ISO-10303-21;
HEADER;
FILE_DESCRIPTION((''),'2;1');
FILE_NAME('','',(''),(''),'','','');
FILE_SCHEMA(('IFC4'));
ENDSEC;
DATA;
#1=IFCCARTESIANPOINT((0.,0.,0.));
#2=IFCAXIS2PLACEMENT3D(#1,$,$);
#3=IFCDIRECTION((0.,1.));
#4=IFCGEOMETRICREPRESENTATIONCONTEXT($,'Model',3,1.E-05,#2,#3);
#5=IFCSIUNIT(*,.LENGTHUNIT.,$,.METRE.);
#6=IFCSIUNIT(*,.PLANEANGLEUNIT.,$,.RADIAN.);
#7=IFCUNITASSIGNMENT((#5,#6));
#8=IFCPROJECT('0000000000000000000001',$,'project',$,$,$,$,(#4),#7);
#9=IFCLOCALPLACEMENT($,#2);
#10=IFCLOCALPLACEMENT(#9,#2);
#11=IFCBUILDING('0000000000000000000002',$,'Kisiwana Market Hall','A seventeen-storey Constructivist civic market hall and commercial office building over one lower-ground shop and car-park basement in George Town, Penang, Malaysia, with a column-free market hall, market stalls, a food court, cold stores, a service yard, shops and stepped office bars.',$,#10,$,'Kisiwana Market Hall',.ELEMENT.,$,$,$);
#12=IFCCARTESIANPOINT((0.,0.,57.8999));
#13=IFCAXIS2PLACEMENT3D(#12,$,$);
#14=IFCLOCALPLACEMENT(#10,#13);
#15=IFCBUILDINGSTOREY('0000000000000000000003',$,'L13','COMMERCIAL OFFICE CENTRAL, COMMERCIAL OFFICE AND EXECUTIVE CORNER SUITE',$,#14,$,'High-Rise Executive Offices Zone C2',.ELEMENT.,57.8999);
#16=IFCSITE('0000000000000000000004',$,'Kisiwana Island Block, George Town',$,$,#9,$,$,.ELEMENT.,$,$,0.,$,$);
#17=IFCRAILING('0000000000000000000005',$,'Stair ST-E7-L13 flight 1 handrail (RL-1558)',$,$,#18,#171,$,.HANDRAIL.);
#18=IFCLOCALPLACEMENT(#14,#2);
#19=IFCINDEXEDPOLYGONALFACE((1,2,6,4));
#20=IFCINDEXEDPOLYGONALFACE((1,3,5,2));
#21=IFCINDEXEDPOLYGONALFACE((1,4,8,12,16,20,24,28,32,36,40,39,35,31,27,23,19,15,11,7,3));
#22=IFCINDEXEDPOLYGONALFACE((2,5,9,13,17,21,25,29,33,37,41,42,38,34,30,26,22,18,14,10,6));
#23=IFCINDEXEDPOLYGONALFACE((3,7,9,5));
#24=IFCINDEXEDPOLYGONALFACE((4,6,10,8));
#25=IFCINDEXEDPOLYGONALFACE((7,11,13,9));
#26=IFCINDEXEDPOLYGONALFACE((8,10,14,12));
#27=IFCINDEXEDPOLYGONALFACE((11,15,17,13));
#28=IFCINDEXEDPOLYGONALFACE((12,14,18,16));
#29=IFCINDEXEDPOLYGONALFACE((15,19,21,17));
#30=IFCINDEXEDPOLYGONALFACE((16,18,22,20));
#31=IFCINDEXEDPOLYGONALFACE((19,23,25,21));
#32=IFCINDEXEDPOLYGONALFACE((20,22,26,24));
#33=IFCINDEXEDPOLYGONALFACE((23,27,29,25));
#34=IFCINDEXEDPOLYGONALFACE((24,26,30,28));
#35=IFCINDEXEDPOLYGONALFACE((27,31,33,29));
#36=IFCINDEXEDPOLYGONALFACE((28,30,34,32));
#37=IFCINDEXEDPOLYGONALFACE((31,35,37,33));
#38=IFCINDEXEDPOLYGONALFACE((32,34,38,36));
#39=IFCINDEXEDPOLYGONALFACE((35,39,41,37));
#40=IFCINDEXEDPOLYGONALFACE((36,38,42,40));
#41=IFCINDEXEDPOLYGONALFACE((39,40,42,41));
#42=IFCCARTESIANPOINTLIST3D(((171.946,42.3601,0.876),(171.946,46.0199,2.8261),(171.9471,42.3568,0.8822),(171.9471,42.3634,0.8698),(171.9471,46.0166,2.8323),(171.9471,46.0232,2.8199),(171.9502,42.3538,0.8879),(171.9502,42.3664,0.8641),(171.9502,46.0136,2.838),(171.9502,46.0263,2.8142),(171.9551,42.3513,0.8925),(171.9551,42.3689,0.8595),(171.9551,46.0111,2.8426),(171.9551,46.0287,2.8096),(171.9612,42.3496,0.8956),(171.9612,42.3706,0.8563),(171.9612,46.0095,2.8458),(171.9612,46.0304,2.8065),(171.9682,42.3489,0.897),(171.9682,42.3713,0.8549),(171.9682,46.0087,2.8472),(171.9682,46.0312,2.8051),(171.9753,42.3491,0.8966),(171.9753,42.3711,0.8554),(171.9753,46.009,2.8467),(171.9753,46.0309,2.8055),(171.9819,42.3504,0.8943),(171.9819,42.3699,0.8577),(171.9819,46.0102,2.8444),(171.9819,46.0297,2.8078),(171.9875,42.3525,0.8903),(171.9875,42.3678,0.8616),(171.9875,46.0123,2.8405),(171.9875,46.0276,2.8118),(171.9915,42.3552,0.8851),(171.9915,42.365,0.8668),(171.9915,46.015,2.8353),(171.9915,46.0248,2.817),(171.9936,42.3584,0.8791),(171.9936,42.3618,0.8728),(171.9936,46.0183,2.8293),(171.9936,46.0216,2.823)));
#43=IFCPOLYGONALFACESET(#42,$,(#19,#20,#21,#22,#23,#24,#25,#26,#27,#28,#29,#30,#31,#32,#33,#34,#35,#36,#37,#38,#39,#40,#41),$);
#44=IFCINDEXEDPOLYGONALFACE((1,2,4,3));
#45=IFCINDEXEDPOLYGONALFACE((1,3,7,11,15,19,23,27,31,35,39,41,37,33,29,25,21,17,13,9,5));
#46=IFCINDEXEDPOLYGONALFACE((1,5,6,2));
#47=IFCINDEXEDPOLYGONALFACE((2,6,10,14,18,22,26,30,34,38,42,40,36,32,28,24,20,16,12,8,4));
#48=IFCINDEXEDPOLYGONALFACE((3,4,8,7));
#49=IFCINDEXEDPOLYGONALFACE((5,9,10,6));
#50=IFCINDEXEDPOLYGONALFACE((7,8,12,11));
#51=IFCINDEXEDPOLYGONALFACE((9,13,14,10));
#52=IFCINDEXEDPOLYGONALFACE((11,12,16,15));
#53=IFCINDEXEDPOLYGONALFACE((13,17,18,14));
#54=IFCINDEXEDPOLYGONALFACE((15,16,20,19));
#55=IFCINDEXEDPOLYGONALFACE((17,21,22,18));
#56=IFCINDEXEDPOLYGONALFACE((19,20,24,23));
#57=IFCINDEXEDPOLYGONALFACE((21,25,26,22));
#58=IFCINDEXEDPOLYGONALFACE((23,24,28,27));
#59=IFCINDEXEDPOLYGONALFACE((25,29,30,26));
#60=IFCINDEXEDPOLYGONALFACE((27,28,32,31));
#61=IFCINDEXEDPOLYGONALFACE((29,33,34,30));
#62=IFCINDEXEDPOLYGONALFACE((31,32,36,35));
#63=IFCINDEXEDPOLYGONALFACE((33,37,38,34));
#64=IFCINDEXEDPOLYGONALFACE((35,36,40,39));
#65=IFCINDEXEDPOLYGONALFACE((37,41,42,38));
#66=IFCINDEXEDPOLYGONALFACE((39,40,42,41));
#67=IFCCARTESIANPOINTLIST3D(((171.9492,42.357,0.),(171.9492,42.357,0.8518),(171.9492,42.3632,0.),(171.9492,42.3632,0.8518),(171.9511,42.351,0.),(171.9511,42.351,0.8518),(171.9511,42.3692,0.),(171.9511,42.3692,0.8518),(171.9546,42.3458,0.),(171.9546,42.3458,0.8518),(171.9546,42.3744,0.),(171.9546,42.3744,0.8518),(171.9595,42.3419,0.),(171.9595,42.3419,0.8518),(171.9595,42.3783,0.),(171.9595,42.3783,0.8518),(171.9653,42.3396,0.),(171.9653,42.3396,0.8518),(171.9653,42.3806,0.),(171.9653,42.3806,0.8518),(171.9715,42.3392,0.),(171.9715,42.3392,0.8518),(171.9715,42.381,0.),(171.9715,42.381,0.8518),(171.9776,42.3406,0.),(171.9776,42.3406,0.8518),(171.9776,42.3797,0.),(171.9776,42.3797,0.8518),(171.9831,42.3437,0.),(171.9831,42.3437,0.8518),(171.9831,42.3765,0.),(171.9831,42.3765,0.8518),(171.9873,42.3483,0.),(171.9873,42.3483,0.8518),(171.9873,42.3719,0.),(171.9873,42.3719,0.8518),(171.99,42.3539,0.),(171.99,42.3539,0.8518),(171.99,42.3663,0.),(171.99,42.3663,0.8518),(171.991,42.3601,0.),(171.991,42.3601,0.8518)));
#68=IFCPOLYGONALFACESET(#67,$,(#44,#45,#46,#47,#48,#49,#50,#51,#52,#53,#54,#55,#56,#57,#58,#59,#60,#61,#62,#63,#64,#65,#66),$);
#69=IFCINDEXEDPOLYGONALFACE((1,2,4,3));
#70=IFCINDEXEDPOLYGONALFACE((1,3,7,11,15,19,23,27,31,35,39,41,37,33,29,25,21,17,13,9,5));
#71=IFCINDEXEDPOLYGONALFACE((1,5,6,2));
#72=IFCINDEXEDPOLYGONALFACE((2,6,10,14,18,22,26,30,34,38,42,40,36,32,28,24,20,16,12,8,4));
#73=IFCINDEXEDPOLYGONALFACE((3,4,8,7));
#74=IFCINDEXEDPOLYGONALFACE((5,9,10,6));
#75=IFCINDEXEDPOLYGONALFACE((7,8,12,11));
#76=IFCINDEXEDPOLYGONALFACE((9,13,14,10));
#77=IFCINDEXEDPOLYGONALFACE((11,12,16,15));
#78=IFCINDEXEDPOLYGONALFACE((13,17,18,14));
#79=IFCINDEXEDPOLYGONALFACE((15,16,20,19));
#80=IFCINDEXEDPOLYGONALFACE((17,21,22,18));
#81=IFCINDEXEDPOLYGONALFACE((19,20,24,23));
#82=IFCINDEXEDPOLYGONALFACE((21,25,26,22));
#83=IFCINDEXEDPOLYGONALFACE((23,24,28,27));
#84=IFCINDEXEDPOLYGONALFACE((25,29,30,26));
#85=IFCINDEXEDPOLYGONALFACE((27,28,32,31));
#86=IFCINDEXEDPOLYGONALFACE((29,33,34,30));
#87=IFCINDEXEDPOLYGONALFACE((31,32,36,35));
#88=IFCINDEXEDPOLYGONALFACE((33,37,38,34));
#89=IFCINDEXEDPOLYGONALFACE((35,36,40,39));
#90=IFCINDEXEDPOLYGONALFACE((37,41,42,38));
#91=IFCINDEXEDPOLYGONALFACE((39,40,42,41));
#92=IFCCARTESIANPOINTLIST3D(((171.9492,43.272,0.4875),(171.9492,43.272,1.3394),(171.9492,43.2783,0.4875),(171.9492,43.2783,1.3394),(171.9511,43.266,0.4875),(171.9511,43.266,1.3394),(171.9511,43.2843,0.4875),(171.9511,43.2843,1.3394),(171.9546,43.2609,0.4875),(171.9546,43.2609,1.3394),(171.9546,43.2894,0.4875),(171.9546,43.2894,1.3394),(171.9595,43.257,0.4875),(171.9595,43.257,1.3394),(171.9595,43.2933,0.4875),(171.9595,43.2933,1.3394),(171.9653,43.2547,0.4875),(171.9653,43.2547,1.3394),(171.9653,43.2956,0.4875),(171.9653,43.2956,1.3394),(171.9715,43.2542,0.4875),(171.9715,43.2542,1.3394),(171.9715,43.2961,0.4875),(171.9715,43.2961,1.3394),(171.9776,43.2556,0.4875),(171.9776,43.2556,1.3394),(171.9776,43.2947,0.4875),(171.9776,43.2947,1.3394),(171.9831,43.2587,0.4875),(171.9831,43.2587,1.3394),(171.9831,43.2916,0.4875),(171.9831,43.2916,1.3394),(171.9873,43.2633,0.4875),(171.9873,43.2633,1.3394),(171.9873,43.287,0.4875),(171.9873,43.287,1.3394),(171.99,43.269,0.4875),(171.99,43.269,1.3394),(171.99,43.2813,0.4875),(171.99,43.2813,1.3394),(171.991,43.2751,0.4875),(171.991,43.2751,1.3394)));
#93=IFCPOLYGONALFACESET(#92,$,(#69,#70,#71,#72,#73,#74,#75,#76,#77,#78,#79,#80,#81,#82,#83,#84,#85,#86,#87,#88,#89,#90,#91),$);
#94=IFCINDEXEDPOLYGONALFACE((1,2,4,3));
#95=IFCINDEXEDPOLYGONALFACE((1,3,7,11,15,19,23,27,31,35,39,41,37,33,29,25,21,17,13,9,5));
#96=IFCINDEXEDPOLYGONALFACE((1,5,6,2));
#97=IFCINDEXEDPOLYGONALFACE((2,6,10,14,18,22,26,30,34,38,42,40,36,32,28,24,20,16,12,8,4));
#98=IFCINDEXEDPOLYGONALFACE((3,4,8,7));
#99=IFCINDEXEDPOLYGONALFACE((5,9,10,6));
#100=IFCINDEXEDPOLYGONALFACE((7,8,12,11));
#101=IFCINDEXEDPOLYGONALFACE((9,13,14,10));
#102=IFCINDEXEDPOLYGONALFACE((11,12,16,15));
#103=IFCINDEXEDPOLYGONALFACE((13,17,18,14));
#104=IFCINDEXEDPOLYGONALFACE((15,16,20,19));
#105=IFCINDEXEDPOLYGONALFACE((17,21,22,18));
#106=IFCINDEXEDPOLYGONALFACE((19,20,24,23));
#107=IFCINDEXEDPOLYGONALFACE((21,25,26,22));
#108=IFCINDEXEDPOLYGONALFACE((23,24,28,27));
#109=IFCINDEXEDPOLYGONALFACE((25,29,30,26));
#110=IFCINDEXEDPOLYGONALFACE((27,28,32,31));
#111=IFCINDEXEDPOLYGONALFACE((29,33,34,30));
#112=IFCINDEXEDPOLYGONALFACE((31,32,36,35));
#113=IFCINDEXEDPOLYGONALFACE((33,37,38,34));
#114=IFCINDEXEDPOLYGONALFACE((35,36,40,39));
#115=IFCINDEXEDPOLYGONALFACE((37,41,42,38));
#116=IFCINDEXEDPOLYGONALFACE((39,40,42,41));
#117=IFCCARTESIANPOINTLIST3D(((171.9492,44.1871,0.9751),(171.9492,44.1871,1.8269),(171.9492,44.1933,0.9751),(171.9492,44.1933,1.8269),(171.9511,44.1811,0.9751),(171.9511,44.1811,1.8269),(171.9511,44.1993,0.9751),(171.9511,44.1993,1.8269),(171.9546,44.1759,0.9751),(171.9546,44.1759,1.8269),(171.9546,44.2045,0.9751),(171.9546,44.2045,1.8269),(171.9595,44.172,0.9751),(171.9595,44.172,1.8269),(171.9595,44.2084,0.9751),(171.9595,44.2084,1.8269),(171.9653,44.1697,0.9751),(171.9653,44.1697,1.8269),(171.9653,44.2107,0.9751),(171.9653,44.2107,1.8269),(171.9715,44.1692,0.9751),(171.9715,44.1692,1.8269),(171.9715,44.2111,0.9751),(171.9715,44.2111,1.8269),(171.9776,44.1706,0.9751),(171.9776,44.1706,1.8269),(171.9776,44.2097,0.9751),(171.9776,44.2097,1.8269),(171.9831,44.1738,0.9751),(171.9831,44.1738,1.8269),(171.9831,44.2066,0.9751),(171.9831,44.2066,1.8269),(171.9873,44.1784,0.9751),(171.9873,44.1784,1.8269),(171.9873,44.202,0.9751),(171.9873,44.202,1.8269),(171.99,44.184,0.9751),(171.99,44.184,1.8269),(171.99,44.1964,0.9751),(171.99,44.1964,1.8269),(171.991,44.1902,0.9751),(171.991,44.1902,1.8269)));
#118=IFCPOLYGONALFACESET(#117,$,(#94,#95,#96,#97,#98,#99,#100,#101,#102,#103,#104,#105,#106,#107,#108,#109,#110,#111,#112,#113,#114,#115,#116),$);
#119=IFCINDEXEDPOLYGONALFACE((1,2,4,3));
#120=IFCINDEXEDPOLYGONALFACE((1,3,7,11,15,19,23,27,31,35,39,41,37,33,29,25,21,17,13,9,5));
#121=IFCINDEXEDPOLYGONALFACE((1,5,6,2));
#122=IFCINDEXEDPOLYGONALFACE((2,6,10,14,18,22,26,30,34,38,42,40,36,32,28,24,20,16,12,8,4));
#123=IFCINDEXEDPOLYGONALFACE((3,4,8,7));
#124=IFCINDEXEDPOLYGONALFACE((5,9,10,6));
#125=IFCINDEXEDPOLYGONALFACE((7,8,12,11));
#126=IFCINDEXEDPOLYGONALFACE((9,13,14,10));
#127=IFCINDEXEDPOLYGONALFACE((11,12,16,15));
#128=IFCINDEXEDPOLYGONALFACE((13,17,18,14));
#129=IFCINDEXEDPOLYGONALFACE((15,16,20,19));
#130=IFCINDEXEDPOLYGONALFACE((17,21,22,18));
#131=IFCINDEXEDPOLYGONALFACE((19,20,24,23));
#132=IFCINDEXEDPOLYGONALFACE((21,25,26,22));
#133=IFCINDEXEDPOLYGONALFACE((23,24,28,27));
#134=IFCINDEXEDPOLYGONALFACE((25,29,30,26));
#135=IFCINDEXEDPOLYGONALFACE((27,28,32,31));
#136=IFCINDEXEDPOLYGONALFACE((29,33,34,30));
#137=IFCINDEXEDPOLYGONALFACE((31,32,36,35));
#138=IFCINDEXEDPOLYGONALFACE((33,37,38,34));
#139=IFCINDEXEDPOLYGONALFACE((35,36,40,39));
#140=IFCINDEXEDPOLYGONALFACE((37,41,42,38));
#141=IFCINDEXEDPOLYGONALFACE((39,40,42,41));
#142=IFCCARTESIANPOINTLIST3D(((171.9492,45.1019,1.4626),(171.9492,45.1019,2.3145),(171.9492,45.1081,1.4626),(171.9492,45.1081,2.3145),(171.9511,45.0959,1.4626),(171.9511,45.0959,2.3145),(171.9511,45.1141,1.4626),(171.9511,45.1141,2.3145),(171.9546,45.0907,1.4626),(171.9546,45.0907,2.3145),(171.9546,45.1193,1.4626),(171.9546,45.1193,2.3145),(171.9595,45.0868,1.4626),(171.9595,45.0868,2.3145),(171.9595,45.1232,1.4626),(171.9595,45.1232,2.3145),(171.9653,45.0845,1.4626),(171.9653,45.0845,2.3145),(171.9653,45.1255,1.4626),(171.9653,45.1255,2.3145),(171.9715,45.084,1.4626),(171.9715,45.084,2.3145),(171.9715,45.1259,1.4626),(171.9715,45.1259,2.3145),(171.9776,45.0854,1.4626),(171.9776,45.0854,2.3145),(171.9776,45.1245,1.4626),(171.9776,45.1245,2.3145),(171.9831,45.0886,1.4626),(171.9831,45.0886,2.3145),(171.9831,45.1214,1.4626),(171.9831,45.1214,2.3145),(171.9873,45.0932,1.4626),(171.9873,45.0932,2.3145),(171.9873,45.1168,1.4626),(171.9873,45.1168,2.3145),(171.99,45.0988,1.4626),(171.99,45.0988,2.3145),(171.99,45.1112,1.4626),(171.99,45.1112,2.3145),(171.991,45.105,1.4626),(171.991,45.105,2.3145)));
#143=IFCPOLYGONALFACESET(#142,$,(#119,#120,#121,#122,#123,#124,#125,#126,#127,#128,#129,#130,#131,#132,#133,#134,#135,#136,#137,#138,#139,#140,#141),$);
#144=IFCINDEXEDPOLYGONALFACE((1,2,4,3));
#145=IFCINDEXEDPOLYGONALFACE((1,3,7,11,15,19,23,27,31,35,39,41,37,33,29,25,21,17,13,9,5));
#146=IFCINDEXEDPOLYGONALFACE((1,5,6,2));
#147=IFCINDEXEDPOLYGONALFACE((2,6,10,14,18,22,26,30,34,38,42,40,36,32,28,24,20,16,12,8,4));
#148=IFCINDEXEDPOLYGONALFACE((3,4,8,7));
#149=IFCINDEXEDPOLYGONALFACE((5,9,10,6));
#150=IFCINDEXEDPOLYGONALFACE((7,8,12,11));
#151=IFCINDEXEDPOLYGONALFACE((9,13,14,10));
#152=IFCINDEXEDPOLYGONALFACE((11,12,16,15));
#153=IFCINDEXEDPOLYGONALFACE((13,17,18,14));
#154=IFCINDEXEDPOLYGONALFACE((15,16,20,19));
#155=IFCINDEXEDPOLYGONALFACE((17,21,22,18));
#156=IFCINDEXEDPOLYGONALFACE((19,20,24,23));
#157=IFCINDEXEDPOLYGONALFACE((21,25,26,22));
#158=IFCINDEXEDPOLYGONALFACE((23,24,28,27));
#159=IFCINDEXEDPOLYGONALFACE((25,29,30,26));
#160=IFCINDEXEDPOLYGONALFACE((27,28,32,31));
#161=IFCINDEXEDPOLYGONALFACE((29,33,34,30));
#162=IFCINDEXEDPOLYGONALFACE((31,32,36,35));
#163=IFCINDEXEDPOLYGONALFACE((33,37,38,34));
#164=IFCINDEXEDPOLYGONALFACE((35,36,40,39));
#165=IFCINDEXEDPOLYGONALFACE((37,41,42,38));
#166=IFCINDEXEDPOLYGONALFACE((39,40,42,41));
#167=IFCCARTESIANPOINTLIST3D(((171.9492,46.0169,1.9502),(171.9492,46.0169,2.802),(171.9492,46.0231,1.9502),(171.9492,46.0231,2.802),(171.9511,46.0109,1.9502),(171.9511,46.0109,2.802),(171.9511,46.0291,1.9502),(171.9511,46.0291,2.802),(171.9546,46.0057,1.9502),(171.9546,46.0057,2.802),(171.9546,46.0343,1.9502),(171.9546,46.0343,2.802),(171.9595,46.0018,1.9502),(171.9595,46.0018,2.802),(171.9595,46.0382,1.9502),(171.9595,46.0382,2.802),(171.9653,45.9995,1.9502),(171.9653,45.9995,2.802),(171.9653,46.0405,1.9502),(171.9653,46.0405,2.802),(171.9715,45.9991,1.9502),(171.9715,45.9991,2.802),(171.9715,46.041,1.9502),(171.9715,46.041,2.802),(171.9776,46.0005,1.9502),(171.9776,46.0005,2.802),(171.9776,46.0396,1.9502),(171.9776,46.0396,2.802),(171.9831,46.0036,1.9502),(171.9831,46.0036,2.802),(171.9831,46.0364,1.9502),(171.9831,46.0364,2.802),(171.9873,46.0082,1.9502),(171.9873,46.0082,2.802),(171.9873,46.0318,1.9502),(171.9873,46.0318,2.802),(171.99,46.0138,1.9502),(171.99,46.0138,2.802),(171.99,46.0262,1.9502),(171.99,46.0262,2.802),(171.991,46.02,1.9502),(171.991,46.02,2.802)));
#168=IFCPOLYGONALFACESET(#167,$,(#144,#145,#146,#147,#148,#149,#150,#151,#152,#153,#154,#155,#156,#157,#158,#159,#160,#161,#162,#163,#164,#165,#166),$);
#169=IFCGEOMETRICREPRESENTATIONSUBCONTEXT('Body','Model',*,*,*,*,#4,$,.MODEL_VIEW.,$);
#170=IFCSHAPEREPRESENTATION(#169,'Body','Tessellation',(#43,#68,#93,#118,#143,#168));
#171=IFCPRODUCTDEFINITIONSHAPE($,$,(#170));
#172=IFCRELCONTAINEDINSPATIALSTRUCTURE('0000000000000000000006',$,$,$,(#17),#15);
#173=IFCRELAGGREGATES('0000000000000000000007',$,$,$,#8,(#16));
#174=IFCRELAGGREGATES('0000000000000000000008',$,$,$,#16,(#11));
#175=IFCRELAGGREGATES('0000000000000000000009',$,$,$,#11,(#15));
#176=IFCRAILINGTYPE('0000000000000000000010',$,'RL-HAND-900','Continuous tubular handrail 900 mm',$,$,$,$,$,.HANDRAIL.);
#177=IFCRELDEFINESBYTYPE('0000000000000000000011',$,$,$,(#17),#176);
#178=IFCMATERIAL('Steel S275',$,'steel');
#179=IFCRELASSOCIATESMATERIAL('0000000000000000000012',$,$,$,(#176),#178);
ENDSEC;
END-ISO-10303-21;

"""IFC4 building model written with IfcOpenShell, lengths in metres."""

from ifc_helpers import new_model, si_unit, direction, frame, origin, origin_2d, place, context, subcontext, project, spatial, circle, extrude, material, type_object, element, save


model = new_model("IFC4")

# Units and contexts
model_context = context("Model", 3, precision=1e-05, world=origin(), true_north=direction((0.0, 1.0)))
body_context = subcontext(model_context, "Body", "Model", "MODEL_VIEW")
ifc_project = project(units=[si_unit("LENGTHUNIT", "METRE"), si_unit("PLANEANGLEUNIT", "RADIAN")], contexts=[model_context])

# Site, building, storey
site_placement = place(None, origin())
site = spatial("IfcSite", under=ifc_project, at=site_placement, Name="Kisiwana Island Block, George Town", CompositionType="ELEMENT", RefElevation=0.0)
building_placement = place(site_placement, origin())
building = spatial("IfcBuilding", under=site, at=building_placement, Name="Kisiwana Market Hall", Description="A seventeen-storey Constructivist civic market hall and commercial office building over one lower-ground shop and car-park basement in George Town, Penang, Malaysia, with a column-free market hall, market stalls, a food court, cold stores, a service yard, shops and stepped office bars.", LongName="Kisiwana Market Hall", CompositionType="ELEMENT")
storey_placement = place(building_placement, frame((0.0, 0.0, 57.8999)))
storey = spatial("IfcBuildingStorey", under=building, at=storey_placement, Name="L13", Description="COMMERCIAL OFFICE CENTRAL, COMMERCIAL OFFICE AND EXECUTIVE CORNER SUITE", LongName="High-Rise Executive Offices Zone C2", CompositionType="ELEMENT", Elevation=57.8999)

# Railing
ifc_material_1 = material(Name="Steel S275", Category="steel")
railing_type_1 = type_object("IfcRailingType", Name="RL-HAND-900", Description="Continuous tubular handrail 900 mm", PredefinedType="HANDRAIL", material=ifc_material_1)
railing_1_placement = place(storey_placement, frame((171.97, 42.3601, 0.0)))
element("IfcRailing", 1, at=railing_1_placement, inside=storey, type_object=railing_type_1, Name="Stair ST-E7-L13 flight 1 handrail (RL-1558)", PredefinedType="HANDRAIL", context=body_context, shape_type="SweptSolid", body=[
    extrude(circle(Radius=0.0239, at=origin_2d()), frame((0.0, 0.0, 0.876), z_axis=(0.0, 0.882529, 0.470258), x_axis=(-1.0, 0.0, 0.0)), (0.0, 0.0, 1.0), 4.147),
    extrude(circle(Radius=0.021, at=origin_2d()), origin(), (0.0, 0.0, 1.0), 0.8518),
    extrude(circle(Radius=0.021, at=origin_2d()), frame((0.0, 0.915, 0.4875)), (0.0, 0.0, 1.0), 0.8518),
    extrude(circle(Radius=0.021, at=origin_2d()), frame((0.0, 1.8301, 0.9751)), (0.0, 0.0, 1.0), 0.8518),
    extrude(circle(Radius=0.021, at=origin_2d()), frame((0.0, 2.7449, 1.4626)), (0.0, 0.0, 1.0), 0.8518),
    extrude(circle(Radius=0.021, at=origin_2d()), frame((0.0, 3.6599, 1.9502)), (0.0, 0.0, 1.0), 0.8518),
])

save(model, "model.ifc")
